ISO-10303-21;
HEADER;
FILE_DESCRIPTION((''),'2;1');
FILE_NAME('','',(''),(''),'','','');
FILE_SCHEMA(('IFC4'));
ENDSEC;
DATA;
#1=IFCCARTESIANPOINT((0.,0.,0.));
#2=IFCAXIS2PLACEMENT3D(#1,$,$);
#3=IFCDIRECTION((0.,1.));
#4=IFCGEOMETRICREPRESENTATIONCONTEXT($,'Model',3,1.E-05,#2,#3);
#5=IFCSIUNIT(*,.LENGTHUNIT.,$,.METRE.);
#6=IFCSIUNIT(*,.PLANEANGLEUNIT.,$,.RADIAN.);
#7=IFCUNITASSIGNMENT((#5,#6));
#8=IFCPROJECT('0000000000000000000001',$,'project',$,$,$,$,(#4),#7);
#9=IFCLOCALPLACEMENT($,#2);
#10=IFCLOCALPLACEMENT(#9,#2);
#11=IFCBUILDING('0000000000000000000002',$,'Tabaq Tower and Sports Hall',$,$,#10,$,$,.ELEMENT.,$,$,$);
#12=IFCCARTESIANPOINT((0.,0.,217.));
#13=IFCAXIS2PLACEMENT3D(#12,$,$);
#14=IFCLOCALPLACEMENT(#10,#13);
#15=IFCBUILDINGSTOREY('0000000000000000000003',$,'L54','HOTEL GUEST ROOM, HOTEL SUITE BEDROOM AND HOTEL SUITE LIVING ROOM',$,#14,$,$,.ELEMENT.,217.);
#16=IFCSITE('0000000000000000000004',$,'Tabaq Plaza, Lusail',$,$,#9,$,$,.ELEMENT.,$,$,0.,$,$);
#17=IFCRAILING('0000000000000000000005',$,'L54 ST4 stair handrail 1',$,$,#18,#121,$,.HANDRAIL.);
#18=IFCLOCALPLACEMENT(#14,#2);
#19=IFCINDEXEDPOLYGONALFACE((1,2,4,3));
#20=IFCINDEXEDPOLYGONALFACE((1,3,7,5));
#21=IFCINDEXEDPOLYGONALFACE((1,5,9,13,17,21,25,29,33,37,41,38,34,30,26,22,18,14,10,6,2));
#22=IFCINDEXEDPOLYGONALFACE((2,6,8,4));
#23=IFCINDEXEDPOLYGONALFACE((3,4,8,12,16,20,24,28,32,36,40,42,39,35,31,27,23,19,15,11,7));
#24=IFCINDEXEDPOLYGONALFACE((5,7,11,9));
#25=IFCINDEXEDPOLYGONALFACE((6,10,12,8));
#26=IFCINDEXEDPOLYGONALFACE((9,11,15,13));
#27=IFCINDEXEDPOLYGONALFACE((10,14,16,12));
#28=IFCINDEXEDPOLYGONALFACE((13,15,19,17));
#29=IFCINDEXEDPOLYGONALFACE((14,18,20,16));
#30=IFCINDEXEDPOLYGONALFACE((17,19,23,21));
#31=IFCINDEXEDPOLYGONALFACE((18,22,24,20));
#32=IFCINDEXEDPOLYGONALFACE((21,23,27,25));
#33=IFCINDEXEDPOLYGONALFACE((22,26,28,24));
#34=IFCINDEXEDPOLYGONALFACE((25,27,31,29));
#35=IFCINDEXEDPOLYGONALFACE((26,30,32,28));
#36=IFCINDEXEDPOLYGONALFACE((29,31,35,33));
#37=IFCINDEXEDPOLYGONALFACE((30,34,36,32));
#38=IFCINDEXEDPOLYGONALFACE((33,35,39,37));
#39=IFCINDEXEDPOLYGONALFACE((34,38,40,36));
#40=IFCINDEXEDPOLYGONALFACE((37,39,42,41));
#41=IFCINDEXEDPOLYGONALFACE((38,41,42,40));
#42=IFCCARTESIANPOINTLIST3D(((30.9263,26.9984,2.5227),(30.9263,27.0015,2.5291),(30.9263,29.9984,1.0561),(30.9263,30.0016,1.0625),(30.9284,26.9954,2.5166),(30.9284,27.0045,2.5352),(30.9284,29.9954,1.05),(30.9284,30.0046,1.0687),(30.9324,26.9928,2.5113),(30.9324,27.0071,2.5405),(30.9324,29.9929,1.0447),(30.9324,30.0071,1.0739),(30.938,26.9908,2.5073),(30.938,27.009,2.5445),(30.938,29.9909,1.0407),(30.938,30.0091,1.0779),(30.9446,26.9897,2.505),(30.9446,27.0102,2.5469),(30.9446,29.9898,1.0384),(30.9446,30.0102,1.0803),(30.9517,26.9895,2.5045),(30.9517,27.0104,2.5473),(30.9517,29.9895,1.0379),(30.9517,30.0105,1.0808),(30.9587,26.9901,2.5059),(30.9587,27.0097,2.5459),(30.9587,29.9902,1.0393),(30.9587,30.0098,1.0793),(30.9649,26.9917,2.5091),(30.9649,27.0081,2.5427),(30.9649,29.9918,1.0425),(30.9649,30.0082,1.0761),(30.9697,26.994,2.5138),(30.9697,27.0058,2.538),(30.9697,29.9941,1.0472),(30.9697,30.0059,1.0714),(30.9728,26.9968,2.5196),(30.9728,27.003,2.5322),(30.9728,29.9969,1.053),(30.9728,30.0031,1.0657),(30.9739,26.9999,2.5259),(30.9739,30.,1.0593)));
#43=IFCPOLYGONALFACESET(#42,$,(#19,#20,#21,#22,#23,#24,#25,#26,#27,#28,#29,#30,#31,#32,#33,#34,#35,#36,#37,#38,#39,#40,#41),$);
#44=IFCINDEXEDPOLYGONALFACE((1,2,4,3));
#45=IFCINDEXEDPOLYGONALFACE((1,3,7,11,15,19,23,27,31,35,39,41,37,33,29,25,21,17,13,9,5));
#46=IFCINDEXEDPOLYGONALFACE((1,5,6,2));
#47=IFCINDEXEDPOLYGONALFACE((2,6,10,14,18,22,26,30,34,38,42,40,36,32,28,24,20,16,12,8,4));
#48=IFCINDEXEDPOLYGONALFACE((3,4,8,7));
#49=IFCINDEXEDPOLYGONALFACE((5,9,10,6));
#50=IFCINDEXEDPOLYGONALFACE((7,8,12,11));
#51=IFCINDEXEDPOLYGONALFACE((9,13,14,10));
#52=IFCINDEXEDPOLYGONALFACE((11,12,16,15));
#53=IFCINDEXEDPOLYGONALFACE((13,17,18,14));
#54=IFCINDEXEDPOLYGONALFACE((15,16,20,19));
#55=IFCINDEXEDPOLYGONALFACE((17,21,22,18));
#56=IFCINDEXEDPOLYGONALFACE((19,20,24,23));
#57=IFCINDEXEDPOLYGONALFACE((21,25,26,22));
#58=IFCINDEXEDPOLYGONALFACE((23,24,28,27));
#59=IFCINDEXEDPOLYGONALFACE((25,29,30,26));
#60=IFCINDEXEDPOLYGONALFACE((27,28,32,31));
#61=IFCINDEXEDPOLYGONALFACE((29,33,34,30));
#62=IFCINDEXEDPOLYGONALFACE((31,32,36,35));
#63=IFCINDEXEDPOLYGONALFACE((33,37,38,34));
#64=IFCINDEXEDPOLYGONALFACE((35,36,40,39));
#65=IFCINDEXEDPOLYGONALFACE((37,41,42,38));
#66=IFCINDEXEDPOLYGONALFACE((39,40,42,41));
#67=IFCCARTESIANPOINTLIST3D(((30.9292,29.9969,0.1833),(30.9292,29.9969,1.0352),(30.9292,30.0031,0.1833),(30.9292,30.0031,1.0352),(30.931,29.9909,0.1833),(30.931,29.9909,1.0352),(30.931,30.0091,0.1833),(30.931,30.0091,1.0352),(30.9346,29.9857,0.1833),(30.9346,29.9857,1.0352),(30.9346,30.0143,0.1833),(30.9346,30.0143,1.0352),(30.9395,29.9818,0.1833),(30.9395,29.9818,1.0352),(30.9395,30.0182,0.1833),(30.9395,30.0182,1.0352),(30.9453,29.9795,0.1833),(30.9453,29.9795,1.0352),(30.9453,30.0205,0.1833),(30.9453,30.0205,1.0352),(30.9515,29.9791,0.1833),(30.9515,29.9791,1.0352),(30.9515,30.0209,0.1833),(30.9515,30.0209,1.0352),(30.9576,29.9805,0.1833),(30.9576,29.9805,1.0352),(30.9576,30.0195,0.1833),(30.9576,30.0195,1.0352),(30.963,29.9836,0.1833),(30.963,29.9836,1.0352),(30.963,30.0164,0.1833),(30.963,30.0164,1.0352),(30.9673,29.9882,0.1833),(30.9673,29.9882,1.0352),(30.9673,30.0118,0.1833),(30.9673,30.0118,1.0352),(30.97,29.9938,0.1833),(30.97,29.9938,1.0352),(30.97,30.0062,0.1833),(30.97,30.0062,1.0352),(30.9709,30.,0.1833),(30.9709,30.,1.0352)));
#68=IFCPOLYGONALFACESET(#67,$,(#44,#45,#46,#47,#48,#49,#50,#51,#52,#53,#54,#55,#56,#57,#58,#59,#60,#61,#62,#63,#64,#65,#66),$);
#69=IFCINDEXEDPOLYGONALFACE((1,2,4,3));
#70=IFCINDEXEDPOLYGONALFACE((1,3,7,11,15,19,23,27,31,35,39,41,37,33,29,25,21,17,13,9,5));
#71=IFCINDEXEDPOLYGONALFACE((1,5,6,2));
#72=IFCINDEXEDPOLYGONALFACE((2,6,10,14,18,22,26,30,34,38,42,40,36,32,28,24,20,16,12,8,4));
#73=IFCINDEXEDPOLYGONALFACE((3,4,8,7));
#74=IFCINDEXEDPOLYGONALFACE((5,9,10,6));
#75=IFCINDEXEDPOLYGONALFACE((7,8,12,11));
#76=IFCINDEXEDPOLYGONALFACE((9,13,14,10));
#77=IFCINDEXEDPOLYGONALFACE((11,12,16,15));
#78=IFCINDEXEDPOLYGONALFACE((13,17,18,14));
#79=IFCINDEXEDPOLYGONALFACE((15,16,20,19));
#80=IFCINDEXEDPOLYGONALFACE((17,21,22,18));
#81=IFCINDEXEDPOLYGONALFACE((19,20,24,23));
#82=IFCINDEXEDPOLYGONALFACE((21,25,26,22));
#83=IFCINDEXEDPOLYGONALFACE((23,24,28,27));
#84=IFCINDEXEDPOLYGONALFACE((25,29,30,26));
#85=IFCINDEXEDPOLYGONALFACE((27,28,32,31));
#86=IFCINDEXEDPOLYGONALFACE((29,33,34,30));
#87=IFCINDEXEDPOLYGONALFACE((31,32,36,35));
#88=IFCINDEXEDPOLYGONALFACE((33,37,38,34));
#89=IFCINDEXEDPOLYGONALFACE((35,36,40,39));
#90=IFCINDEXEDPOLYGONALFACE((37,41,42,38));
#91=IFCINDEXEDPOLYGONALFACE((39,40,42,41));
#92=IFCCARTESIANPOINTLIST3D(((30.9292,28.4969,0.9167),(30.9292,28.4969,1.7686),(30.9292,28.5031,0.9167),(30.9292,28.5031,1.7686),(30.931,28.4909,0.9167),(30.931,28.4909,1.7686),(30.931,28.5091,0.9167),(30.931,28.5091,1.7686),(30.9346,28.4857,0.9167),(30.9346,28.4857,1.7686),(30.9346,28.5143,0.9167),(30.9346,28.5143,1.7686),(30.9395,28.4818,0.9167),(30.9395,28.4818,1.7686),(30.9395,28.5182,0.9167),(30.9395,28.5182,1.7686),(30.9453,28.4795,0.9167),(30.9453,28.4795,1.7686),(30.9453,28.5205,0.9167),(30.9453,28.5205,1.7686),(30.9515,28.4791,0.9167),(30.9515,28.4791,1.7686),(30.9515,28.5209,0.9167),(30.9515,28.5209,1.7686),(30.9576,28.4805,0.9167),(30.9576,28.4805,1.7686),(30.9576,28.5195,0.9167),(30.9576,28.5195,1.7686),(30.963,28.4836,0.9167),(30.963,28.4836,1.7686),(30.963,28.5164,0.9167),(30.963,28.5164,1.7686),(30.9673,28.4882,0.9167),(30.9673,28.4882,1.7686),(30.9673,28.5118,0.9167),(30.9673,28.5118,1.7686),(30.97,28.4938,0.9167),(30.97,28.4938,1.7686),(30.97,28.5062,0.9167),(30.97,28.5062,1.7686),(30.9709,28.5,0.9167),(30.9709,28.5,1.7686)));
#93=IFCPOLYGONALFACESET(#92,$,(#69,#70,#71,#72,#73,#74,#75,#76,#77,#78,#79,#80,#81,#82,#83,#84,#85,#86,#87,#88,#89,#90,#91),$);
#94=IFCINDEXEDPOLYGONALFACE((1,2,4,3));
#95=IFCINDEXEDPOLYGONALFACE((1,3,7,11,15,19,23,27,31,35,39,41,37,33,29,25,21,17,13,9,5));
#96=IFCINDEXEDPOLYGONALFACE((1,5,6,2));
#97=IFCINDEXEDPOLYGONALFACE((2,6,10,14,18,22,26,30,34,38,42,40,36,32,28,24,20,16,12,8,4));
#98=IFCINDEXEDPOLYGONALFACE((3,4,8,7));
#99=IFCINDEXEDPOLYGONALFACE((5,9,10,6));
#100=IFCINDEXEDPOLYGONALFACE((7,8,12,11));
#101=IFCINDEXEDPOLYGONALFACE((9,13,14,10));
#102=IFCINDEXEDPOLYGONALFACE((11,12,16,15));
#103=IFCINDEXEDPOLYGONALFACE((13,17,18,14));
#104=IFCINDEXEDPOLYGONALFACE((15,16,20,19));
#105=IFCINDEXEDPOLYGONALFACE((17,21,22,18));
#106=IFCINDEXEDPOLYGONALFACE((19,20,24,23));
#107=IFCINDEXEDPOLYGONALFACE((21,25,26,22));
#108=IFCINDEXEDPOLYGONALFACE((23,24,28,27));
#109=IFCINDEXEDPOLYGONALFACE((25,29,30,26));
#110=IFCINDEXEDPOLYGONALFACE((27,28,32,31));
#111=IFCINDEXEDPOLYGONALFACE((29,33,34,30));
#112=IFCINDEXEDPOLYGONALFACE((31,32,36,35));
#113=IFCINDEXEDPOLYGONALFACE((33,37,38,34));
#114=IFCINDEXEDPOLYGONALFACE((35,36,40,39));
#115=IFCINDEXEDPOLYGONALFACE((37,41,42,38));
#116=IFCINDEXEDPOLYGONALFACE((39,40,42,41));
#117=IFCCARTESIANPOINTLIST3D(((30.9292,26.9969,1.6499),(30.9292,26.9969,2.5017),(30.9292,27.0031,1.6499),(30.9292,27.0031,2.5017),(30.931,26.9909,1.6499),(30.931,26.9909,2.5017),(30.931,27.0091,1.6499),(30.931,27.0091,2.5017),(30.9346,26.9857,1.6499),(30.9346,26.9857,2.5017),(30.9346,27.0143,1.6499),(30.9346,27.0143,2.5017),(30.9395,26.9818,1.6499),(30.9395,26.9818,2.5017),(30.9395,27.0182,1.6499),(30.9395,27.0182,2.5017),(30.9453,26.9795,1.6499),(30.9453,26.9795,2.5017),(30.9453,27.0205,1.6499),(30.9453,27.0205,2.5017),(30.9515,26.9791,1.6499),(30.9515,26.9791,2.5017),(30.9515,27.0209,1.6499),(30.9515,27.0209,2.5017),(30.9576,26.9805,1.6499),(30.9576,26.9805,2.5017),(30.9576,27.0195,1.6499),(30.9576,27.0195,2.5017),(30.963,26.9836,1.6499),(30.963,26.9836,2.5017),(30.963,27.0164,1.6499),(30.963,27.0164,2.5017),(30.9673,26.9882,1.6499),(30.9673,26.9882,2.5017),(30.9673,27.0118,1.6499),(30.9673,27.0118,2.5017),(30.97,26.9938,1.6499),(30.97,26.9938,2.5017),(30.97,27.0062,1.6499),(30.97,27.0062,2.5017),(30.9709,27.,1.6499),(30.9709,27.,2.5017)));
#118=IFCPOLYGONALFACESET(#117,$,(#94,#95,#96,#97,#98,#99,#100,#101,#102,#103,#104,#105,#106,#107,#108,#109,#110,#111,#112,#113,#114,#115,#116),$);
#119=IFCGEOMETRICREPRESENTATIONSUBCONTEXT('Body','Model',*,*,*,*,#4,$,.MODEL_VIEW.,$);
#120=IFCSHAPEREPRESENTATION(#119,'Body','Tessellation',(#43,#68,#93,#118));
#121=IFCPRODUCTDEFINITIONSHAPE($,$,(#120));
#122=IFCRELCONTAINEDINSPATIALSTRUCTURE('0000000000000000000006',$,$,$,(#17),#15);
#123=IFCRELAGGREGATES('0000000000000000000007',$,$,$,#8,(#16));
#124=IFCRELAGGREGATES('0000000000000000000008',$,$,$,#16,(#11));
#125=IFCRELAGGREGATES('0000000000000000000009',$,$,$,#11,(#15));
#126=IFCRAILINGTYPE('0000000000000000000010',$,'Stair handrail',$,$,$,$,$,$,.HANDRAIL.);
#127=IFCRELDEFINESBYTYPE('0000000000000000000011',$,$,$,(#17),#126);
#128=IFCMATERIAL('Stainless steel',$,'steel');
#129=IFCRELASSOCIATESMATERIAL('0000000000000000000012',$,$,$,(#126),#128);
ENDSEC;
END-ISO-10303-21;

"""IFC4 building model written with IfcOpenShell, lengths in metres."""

from ifc_helpers import new_model, si_unit, direction, frame, origin, origin_2d, place, context, subcontext, project, spatial, circle, extrude, material, type_object, element, save


model = new_model("IFC4")

# Units and contexts
model_context = context("Model", 3, precision=1e-05, world=origin(), true_north=direction((0.0, 1.0)))
body_context = subcontext(model_context, "Body", "Model", "MODEL_VIEW")
ifc_project = project(units=[si_unit("LENGTHUNIT", "METRE"), si_unit("PLANEANGLEUNIT", "RADIAN")], contexts=[model_context])

# Site, building, storey
site_placement = place(None, origin())
site = spatial("IfcSite", under=ifc_project, at=site_placement, Name="Tabaq Plaza, Lusail", CompositionType="ELEMENT", RefElevation=0.0)
building_placement = place(site_placement, origin())
building = spatial("IfcBuilding", under=site, at=building_placement, Name="Tabaq Tower and Sports Hall", CompositionType="ELEMENT")
storey_placement = place(building_placement, frame((0.0, 0.0, 217.0)))
storey = spatial("IfcBuildingStorey", under=building, at=storey_placement, Name="L54", Description="HOTEL GUEST ROOM, HOTEL SUITE BEDROOM AND HOTEL SUITE LIVING ROOM", CompositionType="ELEMENT", Elevation=217.0)

# Railing
ifc_material_1 = material(Name="Stainless steel", Category="steel")
railing_type = type_object("IfcRailingType", Name="Stair handrail", PredefinedType="HANDRAIL", material=ifc_material_1)
railing_placement = place(storey_placement, frame((30.95, 30.0, 0.1833)))
element("IfcRailing", 1, at=railing_placement, inside=storey, type_object=railing_type, Name="L54 ST4 stair handrail 1", PredefinedType="HANDRAIL", context=body_context, shape_type="SweptSolid", body=[
    extrude(circle(Radius=0.0239, at=origin_2d()), frame((0.0, 0.0, 0.876), z_axis=(0.0, -0.898398, 0.439183), x_axis=(1.0, 0.0, 0.0)), (0.0, 0.0, 1.0), 3.3394),
    extrude(circle(Radius=0.021, at=origin_2d()), origin(), (0.0, 0.0, 1.0), 0.8518),
    extrude(circle(Radius=0.021, at=origin_2d()), frame((0.0, -1.5, 0.7334)), (0.0, 0.0, 1.0), 0.8518),
    extrude(circle(Radius=0.021, at=origin_2d()), frame((0.0, -3.0, 1.4666)), (0.0, 0.0, 1.0), 0.8518),
])

save(model, "model.ifc")
